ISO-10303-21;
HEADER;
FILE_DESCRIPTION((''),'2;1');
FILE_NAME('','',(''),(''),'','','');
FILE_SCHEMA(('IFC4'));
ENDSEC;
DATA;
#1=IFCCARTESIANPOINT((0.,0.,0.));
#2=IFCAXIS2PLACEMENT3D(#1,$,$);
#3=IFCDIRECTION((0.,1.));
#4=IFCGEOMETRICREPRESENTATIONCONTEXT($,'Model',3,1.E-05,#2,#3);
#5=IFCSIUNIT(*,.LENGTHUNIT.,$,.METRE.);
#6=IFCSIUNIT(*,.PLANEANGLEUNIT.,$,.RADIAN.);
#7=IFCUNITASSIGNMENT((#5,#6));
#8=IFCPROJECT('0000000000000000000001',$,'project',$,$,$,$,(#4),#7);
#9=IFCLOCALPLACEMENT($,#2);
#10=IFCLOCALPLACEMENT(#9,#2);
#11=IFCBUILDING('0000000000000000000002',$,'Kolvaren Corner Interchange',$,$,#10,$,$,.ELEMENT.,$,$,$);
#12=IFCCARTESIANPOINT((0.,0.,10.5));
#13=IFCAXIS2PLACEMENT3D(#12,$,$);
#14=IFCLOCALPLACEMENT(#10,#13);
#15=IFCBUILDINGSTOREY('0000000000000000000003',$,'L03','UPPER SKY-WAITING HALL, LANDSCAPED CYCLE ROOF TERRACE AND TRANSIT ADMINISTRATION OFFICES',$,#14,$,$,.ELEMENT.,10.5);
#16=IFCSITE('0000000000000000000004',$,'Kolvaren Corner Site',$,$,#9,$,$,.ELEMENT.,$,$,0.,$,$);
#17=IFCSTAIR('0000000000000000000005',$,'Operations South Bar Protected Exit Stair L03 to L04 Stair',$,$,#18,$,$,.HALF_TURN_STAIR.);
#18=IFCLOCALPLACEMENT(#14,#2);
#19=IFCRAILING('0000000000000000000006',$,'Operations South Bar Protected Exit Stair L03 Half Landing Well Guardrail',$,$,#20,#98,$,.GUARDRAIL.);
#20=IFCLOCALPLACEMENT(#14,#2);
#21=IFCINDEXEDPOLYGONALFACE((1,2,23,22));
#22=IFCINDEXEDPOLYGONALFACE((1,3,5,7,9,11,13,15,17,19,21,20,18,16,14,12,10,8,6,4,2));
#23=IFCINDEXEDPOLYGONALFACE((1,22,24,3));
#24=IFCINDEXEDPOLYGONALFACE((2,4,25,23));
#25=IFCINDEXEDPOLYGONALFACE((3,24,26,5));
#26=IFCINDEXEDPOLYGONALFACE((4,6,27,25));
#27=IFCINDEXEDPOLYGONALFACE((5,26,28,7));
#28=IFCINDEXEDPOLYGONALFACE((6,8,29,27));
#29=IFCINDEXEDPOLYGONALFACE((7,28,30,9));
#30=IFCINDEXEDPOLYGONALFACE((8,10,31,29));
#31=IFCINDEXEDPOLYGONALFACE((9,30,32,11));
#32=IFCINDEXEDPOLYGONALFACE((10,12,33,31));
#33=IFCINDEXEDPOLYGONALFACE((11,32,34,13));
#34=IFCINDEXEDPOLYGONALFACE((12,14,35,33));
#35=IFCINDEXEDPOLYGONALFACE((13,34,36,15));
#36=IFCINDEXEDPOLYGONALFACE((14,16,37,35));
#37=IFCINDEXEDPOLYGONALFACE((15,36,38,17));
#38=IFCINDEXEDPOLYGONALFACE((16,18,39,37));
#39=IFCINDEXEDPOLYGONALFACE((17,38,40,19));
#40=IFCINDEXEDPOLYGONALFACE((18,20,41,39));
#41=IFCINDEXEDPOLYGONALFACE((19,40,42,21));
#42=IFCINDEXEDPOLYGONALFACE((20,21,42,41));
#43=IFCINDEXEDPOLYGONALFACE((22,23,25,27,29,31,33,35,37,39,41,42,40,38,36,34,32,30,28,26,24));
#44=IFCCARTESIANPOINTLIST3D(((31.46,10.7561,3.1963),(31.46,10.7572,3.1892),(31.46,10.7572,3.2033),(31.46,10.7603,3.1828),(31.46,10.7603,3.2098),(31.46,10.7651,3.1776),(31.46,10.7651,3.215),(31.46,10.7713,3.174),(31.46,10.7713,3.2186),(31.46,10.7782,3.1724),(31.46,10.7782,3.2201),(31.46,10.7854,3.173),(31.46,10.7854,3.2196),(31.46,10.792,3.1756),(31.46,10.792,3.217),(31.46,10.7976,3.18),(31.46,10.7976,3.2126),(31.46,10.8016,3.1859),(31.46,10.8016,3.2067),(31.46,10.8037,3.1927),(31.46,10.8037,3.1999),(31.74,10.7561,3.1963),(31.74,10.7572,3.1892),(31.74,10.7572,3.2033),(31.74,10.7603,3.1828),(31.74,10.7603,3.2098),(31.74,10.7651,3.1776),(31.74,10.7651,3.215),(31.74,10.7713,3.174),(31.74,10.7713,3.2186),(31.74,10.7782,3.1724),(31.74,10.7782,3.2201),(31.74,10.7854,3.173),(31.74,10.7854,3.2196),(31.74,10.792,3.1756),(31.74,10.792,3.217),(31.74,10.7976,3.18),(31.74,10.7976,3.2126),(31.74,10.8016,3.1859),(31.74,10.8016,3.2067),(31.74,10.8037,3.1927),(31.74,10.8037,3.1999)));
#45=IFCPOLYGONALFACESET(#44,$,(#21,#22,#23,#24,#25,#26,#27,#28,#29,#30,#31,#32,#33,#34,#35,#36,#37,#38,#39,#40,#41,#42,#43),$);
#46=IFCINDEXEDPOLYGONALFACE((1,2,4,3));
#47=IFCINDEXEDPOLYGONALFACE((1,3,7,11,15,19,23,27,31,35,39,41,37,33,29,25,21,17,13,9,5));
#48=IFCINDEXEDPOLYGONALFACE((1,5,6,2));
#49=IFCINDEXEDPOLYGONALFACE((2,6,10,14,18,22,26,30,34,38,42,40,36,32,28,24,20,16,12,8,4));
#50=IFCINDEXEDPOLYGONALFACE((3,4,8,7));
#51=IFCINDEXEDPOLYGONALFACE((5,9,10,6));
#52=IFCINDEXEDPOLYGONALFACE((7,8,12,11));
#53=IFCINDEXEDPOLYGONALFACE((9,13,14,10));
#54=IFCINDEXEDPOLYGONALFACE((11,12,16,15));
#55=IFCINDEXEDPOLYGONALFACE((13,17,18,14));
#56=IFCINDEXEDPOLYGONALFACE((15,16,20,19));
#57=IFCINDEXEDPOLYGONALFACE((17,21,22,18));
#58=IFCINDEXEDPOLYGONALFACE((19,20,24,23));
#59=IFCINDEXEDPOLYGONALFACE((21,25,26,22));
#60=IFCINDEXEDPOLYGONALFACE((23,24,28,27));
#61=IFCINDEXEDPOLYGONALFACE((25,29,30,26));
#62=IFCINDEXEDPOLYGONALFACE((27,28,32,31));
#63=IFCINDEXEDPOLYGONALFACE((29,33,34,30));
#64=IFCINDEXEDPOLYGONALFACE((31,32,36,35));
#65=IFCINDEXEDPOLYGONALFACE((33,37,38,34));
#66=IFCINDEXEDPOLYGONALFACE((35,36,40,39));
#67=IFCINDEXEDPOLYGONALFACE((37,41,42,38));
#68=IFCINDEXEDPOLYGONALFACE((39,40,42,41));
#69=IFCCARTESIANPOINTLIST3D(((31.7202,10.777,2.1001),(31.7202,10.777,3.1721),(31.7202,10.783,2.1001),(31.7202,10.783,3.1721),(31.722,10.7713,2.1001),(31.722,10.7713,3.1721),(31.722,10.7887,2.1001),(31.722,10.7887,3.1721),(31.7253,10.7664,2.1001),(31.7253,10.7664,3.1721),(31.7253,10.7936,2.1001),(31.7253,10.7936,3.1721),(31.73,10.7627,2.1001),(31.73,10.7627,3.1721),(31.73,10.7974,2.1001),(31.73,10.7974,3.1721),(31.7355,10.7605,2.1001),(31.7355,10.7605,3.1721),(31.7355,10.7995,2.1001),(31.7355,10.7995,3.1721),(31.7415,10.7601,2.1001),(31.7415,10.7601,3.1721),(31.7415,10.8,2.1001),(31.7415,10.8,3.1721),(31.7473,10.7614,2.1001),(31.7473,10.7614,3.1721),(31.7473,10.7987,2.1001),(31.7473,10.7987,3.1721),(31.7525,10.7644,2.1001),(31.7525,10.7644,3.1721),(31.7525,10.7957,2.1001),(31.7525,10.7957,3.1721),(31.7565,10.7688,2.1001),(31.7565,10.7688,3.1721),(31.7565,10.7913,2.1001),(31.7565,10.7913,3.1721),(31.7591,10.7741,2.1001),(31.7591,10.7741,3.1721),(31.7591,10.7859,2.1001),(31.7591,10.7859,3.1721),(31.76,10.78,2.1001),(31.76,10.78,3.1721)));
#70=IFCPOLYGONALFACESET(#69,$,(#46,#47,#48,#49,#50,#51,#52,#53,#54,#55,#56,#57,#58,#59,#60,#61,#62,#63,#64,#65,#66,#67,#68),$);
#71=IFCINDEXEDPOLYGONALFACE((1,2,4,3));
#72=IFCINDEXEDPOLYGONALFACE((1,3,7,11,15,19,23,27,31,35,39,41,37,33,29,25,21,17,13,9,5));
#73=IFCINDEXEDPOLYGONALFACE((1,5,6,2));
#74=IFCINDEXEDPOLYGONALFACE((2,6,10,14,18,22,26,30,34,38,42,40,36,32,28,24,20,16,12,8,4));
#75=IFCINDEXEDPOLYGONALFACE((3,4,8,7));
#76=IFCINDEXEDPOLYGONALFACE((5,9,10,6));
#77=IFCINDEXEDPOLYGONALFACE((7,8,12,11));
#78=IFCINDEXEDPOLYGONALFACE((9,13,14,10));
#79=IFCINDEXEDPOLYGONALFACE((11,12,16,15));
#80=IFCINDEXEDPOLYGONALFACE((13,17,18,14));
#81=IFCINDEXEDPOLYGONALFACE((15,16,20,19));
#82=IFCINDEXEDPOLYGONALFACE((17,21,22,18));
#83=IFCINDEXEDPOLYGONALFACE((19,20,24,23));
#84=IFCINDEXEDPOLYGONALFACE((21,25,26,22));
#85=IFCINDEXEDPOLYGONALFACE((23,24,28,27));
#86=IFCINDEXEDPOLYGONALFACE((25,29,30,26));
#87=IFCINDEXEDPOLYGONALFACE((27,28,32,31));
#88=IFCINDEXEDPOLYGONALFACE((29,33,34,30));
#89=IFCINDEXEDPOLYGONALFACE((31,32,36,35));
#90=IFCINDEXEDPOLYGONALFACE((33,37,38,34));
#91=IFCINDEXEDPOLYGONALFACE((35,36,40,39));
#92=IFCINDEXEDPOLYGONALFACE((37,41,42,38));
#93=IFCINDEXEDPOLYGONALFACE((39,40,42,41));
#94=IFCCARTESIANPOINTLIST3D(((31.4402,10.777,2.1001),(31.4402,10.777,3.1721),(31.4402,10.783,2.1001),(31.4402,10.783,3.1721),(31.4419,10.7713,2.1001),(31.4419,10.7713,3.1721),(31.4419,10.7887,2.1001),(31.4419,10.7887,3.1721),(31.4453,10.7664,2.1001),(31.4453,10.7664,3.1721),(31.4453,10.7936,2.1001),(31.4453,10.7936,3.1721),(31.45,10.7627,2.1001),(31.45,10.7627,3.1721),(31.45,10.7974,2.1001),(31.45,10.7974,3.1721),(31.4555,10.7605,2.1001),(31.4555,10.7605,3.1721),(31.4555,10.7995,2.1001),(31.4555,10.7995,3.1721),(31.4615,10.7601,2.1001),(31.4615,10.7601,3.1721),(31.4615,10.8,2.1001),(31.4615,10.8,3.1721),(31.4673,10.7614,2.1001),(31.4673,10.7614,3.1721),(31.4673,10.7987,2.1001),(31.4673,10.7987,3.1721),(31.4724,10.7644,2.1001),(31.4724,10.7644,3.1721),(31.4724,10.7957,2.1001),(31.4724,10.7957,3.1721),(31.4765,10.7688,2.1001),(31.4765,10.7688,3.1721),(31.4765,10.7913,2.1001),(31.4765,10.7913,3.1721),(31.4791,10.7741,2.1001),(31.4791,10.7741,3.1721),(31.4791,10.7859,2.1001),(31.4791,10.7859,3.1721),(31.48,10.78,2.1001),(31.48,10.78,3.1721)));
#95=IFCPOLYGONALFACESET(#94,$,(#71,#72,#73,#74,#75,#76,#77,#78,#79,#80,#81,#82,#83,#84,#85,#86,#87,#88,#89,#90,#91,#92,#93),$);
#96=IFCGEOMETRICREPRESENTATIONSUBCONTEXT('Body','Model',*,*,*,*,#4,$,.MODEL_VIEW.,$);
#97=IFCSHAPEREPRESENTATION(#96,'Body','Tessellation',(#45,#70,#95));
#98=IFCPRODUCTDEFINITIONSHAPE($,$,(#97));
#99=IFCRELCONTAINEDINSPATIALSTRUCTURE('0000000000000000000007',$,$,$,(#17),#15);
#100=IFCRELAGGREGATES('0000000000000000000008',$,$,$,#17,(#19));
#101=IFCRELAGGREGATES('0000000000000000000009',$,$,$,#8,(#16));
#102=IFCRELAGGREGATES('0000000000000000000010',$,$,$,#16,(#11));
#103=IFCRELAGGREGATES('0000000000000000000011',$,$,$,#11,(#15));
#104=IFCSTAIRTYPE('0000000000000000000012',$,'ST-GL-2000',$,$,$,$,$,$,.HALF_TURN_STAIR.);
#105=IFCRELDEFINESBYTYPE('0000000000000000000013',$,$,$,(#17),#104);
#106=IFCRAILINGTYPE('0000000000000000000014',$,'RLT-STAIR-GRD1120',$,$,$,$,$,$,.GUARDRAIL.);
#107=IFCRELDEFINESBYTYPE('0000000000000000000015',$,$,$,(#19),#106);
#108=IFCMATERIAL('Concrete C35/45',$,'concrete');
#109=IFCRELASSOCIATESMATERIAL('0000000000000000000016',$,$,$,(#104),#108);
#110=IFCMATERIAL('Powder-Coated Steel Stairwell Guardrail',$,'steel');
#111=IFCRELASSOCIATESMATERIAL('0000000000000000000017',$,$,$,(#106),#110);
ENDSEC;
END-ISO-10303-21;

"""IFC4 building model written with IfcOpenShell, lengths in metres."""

from ifc_helpers import new_model, si_unit, direction, frame, origin, origin_2d, place, context, subcontext, project, spatial, circle, extrude, material, type_object, element, aggregate, save


model = new_model("IFC4")

# Units and contexts
model_context = context("Model", 3, precision=1e-05, world=origin(), true_north=direction((0.0, 1.0)))
body_context = subcontext(model_context, "Body", "Model", "MODEL_VIEW")
ifc_project = project(units=[si_unit("LENGTHUNIT", "METRE"), si_unit("PLANEANGLEUNIT", "RADIAN")], contexts=[model_context])

# Site, building, storey
site_placement = place(None, origin())
site = spatial("IfcSite", under=ifc_project, at=site_placement, Name="Kolvaren Corner Site", CompositionType="ELEMENT", RefElevation=0.0)
building_placement = place(site_placement, origin())
building = spatial("IfcBuilding", under=site, at=building_placement, Name="Kolvaren Corner Interchange", CompositionType="ELEMENT")
storey_placement = place(building_placement, frame((0.0, 0.0, 10.5)))
storey = spatial("IfcBuildingStorey", under=building, at=storey_placement, Name="L03", Description="UPPER SKY-WAITING HALL, LANDSCAPED CYCLE ROOF TERRACE AND TRANSIT ADMINISTRATION OFFICES", CompositionType="ELEMENT", Elevation=10.5)

# Stair, railing
ifc_material_1 = material(Name="Concrete C35/45", Category="concrete")
stair_type = type_object("IfcStairType", Name="ST-GL-2000", PredefinedType="HALF_TURN_STAIR", material=ifc_material_1)
stair_placement = place(storey_placement, origin())
stair = element("IfcStair", 1, at=stair_placement, inside=storey, type_object=stair_type, Name="Operations South Bar Protected Exit Stair L03 to L04 Stair", PredefinedType="HALF_TURN_STAIR")
ifc_material_2 = material(Name="Powder-Coated Steel Stairwell Guardrail", Category="steel")
railing_type_1 = type_object("IfcRailingType", Name="RLT-STAIR-GRD1120", PredefinedType="GUARDRAIL", material=ifc_material_2)
railing_1_placement = place(storey_placement, frame((31.74, 10.78, 2.1001)))
railing_1 = element("IfcRailing", 2, at=railing_1_placement, type_object=railing_type_1, Name="Operations South Bar Protected Exit Stair L03 Half Landing Well Guardrail", PredefinedType="GUARDRAIL", context=body_context, shape_type="SweptSolid", body=[
    extrude(circle(Radius=0.0239, at=origin_2d()), frame((0.0, 0.0, 1.0962), z_axis=(-1.0, 0.0, 0.0), x_axis=(0.0, -1.0, 0.0)), (0.0, 0.0, 1.0), 0.28),
    extrude(circle(Radius=0.02, at=origin_2d()), origin(), (0.0, 0.0, 1.0), 1.072),
    extrude(circle(Radius=0.02, at=origin_2d()), frame((-0.28, 0.0, 0.0)), (0.0, 0.0, 1.0), 1.072),
])
aggregate(stair, [railing_1])

save(model, "model.ifc")
